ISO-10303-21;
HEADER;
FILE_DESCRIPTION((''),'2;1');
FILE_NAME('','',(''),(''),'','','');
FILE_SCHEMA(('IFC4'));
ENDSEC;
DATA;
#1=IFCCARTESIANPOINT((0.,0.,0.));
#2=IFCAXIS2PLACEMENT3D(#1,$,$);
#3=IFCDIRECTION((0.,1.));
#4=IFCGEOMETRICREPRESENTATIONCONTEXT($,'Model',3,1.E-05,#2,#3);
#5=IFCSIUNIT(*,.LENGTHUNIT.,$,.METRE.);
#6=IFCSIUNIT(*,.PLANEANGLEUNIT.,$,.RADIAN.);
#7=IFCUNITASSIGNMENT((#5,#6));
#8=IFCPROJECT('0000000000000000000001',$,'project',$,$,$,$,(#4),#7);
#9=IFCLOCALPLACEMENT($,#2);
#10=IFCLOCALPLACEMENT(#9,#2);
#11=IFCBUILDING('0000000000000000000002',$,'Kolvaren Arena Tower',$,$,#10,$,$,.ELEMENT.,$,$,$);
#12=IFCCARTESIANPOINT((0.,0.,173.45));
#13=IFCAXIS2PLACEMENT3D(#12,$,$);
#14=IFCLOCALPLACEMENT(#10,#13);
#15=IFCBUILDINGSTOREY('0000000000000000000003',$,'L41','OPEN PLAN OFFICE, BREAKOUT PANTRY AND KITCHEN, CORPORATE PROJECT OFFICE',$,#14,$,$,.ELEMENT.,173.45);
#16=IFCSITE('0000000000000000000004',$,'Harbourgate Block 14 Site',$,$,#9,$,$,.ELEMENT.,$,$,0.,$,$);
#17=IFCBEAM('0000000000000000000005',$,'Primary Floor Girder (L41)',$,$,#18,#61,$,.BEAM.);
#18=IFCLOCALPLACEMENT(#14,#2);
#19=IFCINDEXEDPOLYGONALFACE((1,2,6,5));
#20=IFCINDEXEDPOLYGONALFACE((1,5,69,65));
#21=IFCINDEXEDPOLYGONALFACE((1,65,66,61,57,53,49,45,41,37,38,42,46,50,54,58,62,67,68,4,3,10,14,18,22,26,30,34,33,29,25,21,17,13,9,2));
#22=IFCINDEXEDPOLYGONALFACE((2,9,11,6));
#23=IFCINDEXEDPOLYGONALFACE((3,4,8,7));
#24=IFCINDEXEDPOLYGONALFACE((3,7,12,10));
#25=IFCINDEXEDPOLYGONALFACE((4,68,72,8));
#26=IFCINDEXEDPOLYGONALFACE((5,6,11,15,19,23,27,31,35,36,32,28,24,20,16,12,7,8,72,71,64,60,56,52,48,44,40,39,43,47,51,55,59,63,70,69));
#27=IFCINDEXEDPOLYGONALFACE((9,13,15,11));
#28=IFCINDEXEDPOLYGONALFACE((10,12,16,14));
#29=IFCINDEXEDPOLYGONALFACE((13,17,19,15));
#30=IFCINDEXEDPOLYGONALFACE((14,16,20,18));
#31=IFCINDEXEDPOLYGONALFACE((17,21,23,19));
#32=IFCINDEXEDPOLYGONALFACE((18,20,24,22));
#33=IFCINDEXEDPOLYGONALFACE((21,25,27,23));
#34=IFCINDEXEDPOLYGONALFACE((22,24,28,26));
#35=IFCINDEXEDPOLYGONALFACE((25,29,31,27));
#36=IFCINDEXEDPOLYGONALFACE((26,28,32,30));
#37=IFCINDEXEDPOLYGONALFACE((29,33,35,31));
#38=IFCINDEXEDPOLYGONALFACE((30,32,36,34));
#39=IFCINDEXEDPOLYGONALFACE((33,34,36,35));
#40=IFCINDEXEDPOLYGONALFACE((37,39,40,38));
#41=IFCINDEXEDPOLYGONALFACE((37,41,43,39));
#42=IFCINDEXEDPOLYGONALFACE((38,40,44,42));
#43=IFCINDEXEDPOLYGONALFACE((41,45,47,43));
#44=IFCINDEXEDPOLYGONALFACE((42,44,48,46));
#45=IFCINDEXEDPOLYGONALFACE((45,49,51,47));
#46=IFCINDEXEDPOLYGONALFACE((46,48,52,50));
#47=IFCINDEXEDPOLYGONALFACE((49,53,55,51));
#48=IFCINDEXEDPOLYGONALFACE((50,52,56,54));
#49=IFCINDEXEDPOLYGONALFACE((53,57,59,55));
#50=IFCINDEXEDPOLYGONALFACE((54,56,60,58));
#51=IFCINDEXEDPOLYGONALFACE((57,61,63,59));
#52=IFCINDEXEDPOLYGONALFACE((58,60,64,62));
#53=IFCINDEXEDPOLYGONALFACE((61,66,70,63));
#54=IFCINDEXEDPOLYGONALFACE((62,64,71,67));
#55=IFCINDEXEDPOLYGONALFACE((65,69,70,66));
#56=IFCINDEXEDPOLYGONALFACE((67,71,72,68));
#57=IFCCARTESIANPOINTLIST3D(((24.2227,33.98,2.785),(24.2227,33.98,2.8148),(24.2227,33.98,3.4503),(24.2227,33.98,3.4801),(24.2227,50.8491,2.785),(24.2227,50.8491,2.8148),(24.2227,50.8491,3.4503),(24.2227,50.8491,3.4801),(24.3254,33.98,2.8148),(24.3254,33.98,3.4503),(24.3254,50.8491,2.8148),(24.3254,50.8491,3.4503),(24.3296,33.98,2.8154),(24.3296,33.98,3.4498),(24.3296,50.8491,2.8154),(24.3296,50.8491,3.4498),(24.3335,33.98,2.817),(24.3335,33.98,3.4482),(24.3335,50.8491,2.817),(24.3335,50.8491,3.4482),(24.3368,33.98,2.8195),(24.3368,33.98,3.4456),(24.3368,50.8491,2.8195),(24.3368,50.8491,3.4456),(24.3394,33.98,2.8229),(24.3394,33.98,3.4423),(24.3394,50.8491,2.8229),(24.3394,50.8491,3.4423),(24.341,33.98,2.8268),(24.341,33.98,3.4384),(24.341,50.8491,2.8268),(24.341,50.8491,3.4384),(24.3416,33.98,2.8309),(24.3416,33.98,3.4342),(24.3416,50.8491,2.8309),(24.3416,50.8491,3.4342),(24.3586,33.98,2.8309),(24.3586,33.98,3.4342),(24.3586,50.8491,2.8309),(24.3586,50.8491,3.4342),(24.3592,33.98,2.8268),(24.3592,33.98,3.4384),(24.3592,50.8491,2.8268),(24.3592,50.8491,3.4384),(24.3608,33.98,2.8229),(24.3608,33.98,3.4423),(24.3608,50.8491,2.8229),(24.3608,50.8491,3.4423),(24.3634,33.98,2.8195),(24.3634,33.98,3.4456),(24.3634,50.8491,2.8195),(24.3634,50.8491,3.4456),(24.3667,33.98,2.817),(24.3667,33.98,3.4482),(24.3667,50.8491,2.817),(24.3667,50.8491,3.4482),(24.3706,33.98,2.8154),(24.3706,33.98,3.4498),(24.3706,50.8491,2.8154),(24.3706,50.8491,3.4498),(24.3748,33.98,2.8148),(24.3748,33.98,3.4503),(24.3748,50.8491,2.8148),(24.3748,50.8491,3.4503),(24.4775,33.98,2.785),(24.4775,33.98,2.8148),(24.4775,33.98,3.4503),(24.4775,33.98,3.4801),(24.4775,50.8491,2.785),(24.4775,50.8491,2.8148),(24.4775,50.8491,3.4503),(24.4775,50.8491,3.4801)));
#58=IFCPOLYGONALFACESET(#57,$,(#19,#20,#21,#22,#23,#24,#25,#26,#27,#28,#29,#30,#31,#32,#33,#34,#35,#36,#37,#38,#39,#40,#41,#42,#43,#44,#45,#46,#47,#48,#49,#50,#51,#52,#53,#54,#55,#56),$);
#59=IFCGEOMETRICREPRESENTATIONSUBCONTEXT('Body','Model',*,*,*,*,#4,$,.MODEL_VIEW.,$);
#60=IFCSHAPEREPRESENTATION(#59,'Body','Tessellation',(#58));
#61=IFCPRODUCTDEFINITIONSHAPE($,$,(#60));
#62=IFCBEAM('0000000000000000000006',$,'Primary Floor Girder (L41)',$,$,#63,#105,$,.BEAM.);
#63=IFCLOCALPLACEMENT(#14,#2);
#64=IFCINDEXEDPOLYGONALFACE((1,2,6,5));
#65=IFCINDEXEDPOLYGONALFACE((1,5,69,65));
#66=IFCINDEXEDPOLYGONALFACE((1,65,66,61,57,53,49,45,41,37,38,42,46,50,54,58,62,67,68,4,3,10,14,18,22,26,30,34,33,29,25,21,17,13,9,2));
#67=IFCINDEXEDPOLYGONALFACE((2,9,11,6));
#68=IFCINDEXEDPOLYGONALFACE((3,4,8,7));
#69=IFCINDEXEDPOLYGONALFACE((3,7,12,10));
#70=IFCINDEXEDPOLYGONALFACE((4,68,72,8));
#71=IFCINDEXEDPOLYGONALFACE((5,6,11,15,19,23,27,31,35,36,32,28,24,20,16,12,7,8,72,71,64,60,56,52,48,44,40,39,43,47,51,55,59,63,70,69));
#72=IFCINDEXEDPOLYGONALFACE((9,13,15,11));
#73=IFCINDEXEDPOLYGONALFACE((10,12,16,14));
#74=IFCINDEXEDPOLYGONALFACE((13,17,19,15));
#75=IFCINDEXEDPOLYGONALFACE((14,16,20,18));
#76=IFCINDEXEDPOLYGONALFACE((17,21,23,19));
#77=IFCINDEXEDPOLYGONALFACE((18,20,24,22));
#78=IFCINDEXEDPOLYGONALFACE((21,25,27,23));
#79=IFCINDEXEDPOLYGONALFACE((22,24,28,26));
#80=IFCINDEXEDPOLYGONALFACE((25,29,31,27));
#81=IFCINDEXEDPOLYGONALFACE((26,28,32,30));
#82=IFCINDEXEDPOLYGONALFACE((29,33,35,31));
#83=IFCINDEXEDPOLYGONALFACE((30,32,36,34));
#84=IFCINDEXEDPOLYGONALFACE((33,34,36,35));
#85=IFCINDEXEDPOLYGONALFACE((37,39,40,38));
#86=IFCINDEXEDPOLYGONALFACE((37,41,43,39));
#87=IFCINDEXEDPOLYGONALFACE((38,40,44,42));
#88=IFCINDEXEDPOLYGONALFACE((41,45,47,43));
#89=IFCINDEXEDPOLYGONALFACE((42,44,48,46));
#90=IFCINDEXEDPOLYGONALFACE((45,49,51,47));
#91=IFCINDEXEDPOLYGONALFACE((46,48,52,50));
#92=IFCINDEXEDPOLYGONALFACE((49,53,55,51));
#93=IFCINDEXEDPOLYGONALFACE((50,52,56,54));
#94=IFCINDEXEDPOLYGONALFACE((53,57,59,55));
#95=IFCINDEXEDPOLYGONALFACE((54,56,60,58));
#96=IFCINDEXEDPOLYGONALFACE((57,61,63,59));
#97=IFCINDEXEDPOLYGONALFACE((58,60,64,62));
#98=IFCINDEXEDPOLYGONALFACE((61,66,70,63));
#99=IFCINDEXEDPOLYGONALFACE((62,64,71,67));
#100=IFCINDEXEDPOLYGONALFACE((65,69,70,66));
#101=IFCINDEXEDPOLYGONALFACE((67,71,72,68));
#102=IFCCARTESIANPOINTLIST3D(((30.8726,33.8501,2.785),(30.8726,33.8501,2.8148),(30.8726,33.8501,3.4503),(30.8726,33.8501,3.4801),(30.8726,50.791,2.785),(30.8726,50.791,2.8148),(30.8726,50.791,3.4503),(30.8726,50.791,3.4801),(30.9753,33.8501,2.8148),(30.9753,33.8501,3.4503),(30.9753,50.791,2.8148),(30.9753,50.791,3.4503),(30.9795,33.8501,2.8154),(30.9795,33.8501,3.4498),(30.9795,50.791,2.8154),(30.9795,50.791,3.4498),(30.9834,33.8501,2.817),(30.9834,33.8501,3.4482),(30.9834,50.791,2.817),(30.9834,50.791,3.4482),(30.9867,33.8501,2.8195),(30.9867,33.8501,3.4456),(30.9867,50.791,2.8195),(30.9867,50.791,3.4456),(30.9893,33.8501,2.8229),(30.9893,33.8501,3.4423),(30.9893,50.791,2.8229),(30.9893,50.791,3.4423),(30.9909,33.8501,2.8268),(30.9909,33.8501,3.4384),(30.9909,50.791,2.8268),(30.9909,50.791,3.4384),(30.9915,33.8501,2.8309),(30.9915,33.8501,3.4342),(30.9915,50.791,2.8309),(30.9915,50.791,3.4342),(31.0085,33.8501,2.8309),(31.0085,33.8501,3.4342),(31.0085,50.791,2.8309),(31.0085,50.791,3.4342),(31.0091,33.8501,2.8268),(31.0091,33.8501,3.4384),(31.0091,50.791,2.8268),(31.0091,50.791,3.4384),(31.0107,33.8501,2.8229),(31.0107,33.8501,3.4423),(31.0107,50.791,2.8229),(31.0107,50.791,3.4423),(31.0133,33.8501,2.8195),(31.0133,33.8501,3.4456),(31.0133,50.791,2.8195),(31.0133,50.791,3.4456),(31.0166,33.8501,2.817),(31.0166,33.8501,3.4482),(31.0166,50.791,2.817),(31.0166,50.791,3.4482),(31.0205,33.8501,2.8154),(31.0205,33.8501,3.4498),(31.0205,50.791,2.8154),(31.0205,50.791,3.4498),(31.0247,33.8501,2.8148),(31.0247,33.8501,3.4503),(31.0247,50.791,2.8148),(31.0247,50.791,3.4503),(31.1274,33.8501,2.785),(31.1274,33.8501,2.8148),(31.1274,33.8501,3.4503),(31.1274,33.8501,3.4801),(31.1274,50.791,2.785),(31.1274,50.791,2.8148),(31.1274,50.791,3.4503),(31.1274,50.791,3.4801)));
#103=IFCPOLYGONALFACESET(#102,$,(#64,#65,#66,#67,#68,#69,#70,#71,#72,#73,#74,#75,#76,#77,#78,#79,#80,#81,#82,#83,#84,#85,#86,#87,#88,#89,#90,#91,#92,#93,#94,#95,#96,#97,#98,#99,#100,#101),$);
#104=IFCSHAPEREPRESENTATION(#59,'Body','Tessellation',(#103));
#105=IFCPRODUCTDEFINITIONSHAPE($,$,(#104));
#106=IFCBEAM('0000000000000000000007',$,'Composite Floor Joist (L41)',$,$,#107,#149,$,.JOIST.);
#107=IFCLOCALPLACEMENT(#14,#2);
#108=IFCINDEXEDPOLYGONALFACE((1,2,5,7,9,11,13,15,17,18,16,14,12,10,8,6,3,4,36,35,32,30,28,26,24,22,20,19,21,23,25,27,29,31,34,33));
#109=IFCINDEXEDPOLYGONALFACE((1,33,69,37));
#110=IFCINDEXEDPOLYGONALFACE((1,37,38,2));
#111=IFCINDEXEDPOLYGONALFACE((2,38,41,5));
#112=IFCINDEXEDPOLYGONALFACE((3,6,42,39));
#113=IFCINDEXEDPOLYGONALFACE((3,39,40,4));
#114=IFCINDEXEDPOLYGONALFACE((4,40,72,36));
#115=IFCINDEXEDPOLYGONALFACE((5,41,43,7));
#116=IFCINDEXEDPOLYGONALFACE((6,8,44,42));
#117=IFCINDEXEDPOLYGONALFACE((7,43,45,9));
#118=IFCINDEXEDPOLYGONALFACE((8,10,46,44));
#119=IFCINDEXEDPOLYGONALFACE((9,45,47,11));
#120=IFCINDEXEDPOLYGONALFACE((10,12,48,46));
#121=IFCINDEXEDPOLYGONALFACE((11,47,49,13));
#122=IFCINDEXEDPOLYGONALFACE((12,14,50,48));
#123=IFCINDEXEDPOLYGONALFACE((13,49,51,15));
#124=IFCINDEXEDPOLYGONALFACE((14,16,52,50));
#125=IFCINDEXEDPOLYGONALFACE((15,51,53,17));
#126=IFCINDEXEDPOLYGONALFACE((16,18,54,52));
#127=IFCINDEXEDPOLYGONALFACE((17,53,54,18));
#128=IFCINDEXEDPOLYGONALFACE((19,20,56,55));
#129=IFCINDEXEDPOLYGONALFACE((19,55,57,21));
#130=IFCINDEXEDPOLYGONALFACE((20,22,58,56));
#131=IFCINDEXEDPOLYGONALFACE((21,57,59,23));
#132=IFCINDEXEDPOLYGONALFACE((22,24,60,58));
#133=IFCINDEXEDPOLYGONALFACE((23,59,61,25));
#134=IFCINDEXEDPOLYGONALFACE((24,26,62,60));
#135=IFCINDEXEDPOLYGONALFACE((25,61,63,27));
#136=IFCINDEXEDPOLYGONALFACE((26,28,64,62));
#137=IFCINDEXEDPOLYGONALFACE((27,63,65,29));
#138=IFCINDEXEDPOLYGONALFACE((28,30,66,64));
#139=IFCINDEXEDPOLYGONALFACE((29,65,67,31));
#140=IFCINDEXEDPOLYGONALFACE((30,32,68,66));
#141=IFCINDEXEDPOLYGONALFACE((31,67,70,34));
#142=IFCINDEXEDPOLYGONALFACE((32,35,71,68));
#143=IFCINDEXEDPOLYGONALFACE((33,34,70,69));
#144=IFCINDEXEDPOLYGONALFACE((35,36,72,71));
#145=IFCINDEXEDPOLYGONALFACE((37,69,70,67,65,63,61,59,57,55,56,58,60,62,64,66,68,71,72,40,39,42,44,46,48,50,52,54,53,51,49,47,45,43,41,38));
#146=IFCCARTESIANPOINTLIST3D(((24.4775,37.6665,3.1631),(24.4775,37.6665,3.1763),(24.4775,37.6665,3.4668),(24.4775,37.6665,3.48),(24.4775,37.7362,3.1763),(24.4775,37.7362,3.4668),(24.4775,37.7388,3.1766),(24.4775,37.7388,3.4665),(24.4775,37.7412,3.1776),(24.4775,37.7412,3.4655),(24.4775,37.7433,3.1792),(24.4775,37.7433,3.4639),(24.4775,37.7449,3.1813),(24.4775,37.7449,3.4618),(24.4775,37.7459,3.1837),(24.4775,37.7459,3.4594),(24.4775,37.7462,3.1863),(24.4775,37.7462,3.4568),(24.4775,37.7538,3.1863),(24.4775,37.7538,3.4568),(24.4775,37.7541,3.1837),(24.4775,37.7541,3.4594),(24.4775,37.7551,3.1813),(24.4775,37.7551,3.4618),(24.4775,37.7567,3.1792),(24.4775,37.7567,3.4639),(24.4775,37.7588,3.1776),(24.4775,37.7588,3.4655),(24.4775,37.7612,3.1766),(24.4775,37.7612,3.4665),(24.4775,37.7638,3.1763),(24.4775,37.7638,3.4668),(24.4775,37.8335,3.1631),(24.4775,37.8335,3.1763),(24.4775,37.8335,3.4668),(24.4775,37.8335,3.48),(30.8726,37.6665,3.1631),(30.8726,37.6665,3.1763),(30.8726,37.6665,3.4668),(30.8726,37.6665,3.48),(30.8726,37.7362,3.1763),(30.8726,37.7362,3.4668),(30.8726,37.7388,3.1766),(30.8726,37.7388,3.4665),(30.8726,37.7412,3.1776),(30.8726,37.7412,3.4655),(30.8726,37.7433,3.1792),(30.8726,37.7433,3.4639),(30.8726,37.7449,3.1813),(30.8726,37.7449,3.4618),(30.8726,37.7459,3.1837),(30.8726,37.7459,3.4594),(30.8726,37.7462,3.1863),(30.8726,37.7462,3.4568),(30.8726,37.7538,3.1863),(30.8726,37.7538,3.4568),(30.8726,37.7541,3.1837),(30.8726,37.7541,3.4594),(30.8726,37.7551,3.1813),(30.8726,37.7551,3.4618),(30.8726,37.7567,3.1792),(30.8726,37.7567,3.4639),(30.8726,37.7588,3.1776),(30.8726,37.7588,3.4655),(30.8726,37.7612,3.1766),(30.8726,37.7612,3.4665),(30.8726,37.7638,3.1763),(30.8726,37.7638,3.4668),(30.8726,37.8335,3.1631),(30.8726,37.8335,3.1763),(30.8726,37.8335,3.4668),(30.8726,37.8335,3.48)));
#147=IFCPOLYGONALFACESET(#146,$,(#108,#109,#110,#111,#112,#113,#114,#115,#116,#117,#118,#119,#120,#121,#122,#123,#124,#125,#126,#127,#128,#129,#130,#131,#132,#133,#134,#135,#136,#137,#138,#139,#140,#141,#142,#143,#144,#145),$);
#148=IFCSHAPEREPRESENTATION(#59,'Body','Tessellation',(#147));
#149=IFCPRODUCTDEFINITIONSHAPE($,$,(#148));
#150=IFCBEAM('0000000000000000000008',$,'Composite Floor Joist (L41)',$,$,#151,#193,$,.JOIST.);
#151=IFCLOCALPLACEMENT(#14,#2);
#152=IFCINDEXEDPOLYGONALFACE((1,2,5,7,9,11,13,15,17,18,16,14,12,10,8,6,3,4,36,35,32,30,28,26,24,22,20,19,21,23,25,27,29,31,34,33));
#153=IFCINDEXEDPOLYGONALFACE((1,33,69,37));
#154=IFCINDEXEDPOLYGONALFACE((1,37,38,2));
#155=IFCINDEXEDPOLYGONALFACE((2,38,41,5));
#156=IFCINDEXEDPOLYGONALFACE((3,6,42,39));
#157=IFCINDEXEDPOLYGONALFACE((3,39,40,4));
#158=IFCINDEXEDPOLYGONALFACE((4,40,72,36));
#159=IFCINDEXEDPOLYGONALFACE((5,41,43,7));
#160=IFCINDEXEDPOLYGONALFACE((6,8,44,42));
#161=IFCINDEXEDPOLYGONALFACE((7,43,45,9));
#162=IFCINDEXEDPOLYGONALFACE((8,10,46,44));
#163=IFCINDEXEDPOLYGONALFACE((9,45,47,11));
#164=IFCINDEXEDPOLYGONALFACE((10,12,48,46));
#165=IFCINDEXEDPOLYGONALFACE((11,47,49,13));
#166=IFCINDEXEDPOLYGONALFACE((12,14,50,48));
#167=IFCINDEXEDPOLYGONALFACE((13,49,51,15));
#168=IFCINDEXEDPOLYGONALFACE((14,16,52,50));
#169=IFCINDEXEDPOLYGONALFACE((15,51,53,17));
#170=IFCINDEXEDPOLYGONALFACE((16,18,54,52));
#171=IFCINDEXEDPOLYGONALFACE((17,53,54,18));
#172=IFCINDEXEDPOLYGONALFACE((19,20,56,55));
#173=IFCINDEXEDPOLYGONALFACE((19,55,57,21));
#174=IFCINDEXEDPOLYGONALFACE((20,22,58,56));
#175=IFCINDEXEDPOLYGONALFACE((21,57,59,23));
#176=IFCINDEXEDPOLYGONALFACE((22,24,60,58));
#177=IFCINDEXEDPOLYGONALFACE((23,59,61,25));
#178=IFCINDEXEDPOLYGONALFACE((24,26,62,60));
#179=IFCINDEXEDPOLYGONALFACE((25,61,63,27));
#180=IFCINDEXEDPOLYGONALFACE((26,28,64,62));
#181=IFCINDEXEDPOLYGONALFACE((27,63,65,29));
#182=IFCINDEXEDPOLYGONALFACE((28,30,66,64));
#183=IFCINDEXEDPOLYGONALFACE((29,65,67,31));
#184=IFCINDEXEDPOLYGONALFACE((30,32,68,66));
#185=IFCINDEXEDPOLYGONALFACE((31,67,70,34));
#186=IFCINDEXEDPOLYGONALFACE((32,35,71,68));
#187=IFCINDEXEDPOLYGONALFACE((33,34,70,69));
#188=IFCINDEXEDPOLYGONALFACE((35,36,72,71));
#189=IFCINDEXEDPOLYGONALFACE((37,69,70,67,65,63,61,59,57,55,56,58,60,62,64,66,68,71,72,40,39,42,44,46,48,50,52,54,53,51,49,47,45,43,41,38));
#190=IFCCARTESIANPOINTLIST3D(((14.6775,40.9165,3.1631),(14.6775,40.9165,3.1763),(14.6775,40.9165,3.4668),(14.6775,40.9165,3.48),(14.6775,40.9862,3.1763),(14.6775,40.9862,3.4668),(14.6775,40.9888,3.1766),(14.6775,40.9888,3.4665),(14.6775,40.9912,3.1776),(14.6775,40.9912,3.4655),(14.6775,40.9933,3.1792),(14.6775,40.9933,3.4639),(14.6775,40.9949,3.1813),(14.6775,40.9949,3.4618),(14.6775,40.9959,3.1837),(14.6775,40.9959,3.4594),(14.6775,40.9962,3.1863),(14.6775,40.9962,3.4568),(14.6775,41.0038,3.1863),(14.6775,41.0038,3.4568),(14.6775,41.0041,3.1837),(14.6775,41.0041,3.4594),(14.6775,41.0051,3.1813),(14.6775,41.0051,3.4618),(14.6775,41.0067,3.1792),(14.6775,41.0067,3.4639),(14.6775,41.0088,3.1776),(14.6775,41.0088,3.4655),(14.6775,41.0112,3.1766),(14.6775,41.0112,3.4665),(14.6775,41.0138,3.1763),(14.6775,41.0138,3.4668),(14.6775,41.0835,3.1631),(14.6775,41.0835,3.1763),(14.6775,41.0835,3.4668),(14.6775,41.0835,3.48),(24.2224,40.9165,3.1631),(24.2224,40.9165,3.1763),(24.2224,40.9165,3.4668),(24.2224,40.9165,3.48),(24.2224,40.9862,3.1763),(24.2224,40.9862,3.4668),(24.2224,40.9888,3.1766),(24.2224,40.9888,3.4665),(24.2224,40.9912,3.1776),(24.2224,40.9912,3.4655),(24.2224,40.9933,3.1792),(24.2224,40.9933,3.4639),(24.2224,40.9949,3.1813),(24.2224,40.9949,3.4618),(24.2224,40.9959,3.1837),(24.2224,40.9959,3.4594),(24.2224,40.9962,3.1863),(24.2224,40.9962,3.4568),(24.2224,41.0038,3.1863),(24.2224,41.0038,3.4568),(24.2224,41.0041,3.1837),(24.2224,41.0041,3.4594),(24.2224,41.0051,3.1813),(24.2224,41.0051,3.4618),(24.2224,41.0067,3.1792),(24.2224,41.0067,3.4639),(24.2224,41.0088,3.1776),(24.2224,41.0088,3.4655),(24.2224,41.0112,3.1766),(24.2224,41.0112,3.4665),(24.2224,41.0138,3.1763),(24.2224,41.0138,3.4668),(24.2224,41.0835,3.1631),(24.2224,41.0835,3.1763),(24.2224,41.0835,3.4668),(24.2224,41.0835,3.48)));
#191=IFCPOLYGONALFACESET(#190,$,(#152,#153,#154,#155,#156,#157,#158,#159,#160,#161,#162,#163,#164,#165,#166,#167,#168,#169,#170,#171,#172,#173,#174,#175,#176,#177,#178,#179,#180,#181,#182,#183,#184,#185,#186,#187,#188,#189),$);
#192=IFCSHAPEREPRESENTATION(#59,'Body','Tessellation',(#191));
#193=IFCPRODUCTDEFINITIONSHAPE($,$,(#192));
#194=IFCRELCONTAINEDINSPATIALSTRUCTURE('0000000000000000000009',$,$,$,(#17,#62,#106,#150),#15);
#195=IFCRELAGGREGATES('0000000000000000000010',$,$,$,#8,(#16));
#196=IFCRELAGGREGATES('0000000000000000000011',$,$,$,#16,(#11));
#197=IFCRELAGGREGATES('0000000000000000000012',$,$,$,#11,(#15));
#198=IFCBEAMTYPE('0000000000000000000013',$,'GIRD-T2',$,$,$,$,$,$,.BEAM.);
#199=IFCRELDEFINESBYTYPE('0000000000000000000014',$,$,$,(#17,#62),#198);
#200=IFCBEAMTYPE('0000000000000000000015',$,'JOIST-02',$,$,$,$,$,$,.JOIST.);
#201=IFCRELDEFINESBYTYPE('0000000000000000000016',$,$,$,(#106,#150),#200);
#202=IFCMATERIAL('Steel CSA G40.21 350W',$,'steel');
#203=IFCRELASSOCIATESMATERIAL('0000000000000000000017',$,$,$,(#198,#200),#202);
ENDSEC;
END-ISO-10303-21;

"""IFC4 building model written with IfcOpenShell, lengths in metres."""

from ifc_helpers import new_model, si_unit, direction, frame, origin, origin_2d, place, context, subcontext, project, spatial, i_section, extrude, material, material_profile, profile_set, type_object, element, save


model = new_model("IFC4")

# Units and contexts
model_context = context("Model", 3, precision=1e-05, world=origin(), true_north=direction((0.0, 1.0)))
body_context = subcontext(model_context, "Body", "Model", "MODEL_VIEW")
ifc_project = project(units=[si_unit("LENGTHUNIT", "METRE"), si_unit("PLANEANGLEUNIT", "RADIAN")], contexts=[model_context])

# Site, building, storey
site_placement = place(None, origin())
site = spatial("IfcSite", under=ifc_project, at=site_placement, Name="Harbourgate Block 14 Site", CompositionType="ELEMENT", RefElevation=0.0)
building_placement = place(site_placement, origin())
building = spatial("IfcBuilding", under=site, at=building_placement, Name="Kolvaren Arena Tower", CompositionType="ELEMENT")
storey_placement = place(building_placement, frame((0.0, 0.0, 173.45)))
storey = spatial("IfcBuildingStorey", under=building, at=storey_placement, Name="L41", Description="OPEN PLAN OFFICE, BREAKOUT PANTRY AND KITCHEN, CORPORATE PROJECT OFFICE", CompositionType="ELEMENT", Elevation=173.45)

# Beams
ifc_material_1 = material(Name="Steel CSA G40.21 350W", Category="steel")
ifc_material_profile_1 = material_profile(ifc_material_1, i_section(OverallWidth=0.2549, OverallDepth=0.6951, WebThickness=0.0171, FlangeThickness=0.0298, FilletRadius=0.0161, at=origin_2d()), Name="W690x217")
ifc_profile_set_1 = profile_set([ifc_material_profile_1], Name="Steel CSA G40.21 350W")
beam_type_1 = type_object("IfcBeamType", Name="GIRD-T2", PredefinedType="BEAM", material=ifc_profile_set_1)
beam_1_placement = place(storey_placement, frame((24.3501, 33.98, 3.1326), z_axis=(0.0, 1.0, 0.0), x_axis=(-1.0, 0.0, 0.0)))
element("IfcBeam", 1, at=beam_1_placement, inside=storey, type_object=beam_type_1, Name="Primary Floor Girder (L41)", PredefinedType="BEAM", context=body_context, shape_type="SweptSolid", body=[
    extrude(i_section(OverallWidth=0.2549, OverallDepth=0.6951, WebThickness=0.0171, FlangeThickness=0.0298, FilletRadius=0.0161, at=origin_2d()), origin(), (0.0, 0.0, 1.0), 16.8691),
])
beam_2_placement = place(storey_placement, frame((31.0, 33.8501, 3.1326), z_axis=(0.0, 1.0, 0.0), x_axis=(-1.0, 0.0, 0.0)))
element("IfcBeam", 2, at=beam_2_placement, inside=storey, type_object=beam_type_1, Name="Primary Floor Girder (L41)", PredefinedType="BEAM", context=body_context, shape_type="SweptSolid", body=[
    extrude(i_section(OverallWidth=0.2549, OverallDepth=0.6951, WebThickness=0.0171, FlangeThickness=0.0298, FilletRadius=0.0161, at=origin_2d()), origin(), (0.0, 0.0, 1.0), 16.9409),
])
ifc_material_profile_2 = material_profile(ifc_material_1, i_section(OverallWidth=0.167, OverallDepth=0.3169, WebThickness=0.0076, FlangeThickness=0.0132, FilletRadius=0.01, at=origin_2d()), Name="W310x52")
ifc_profile_set_2 = profile_set([ifc_material_profile_2], Name="Steel CSA G40.21 350W")
beam_type_2 = type_object("IfcBeamType", Name="JOIST-02", PredefinedType="JOIST", material=ifc_profile_set_2)
beam_3_placement = place(storey_placement, frame((24.4775, 37.75, 3.3215), z_axis=(1.0, 0.0, 0.0), x_axis=(0.0, 1.0, 0.0)))
element("IfcBeam", 3, at=beam_3_placement, inside=storey, type_object=beam_type_2, Name="Composite Floor Joist (L41)", PredefinedType="JOIST", context=body_context, shape_type="SweptSolid", body=[
    extrude(i_section(OverallWidth=0.167, OverallDepth=0.3169, WebThickness=0.0076, FlangeThickness=0.0132, FilletRadius=0.01, at=origin_2d()), origin(), (0.0, 0.0, 1.0), 6.395),
])
beam_4_placement = place(storey_placement, frame((14.6775, 41.0, 3.3215), z_axis=(1.0, 0.0, 0.0), x_axis=(0.0, 1.0, 0.0)))
element("IfcBeam", 4, at=beam_4_placement, inside=storey, type_object=beam_type_2, Name="Composite Floor Joist (L41)", PredefinedType="JOIST", context=body_context, shape_type="SweptSolid", body=[
    extrude(i_section(OverallWidth=0.167, OverallDepth=0.3169, WebThickness=0.0076, FlangeThickness=0.0132, FilletRadius=0.01, at=origin_2d()), origin(), (0.0, 0.0, 1.0), 9.5449),
])

save(model, "model.ifc")
